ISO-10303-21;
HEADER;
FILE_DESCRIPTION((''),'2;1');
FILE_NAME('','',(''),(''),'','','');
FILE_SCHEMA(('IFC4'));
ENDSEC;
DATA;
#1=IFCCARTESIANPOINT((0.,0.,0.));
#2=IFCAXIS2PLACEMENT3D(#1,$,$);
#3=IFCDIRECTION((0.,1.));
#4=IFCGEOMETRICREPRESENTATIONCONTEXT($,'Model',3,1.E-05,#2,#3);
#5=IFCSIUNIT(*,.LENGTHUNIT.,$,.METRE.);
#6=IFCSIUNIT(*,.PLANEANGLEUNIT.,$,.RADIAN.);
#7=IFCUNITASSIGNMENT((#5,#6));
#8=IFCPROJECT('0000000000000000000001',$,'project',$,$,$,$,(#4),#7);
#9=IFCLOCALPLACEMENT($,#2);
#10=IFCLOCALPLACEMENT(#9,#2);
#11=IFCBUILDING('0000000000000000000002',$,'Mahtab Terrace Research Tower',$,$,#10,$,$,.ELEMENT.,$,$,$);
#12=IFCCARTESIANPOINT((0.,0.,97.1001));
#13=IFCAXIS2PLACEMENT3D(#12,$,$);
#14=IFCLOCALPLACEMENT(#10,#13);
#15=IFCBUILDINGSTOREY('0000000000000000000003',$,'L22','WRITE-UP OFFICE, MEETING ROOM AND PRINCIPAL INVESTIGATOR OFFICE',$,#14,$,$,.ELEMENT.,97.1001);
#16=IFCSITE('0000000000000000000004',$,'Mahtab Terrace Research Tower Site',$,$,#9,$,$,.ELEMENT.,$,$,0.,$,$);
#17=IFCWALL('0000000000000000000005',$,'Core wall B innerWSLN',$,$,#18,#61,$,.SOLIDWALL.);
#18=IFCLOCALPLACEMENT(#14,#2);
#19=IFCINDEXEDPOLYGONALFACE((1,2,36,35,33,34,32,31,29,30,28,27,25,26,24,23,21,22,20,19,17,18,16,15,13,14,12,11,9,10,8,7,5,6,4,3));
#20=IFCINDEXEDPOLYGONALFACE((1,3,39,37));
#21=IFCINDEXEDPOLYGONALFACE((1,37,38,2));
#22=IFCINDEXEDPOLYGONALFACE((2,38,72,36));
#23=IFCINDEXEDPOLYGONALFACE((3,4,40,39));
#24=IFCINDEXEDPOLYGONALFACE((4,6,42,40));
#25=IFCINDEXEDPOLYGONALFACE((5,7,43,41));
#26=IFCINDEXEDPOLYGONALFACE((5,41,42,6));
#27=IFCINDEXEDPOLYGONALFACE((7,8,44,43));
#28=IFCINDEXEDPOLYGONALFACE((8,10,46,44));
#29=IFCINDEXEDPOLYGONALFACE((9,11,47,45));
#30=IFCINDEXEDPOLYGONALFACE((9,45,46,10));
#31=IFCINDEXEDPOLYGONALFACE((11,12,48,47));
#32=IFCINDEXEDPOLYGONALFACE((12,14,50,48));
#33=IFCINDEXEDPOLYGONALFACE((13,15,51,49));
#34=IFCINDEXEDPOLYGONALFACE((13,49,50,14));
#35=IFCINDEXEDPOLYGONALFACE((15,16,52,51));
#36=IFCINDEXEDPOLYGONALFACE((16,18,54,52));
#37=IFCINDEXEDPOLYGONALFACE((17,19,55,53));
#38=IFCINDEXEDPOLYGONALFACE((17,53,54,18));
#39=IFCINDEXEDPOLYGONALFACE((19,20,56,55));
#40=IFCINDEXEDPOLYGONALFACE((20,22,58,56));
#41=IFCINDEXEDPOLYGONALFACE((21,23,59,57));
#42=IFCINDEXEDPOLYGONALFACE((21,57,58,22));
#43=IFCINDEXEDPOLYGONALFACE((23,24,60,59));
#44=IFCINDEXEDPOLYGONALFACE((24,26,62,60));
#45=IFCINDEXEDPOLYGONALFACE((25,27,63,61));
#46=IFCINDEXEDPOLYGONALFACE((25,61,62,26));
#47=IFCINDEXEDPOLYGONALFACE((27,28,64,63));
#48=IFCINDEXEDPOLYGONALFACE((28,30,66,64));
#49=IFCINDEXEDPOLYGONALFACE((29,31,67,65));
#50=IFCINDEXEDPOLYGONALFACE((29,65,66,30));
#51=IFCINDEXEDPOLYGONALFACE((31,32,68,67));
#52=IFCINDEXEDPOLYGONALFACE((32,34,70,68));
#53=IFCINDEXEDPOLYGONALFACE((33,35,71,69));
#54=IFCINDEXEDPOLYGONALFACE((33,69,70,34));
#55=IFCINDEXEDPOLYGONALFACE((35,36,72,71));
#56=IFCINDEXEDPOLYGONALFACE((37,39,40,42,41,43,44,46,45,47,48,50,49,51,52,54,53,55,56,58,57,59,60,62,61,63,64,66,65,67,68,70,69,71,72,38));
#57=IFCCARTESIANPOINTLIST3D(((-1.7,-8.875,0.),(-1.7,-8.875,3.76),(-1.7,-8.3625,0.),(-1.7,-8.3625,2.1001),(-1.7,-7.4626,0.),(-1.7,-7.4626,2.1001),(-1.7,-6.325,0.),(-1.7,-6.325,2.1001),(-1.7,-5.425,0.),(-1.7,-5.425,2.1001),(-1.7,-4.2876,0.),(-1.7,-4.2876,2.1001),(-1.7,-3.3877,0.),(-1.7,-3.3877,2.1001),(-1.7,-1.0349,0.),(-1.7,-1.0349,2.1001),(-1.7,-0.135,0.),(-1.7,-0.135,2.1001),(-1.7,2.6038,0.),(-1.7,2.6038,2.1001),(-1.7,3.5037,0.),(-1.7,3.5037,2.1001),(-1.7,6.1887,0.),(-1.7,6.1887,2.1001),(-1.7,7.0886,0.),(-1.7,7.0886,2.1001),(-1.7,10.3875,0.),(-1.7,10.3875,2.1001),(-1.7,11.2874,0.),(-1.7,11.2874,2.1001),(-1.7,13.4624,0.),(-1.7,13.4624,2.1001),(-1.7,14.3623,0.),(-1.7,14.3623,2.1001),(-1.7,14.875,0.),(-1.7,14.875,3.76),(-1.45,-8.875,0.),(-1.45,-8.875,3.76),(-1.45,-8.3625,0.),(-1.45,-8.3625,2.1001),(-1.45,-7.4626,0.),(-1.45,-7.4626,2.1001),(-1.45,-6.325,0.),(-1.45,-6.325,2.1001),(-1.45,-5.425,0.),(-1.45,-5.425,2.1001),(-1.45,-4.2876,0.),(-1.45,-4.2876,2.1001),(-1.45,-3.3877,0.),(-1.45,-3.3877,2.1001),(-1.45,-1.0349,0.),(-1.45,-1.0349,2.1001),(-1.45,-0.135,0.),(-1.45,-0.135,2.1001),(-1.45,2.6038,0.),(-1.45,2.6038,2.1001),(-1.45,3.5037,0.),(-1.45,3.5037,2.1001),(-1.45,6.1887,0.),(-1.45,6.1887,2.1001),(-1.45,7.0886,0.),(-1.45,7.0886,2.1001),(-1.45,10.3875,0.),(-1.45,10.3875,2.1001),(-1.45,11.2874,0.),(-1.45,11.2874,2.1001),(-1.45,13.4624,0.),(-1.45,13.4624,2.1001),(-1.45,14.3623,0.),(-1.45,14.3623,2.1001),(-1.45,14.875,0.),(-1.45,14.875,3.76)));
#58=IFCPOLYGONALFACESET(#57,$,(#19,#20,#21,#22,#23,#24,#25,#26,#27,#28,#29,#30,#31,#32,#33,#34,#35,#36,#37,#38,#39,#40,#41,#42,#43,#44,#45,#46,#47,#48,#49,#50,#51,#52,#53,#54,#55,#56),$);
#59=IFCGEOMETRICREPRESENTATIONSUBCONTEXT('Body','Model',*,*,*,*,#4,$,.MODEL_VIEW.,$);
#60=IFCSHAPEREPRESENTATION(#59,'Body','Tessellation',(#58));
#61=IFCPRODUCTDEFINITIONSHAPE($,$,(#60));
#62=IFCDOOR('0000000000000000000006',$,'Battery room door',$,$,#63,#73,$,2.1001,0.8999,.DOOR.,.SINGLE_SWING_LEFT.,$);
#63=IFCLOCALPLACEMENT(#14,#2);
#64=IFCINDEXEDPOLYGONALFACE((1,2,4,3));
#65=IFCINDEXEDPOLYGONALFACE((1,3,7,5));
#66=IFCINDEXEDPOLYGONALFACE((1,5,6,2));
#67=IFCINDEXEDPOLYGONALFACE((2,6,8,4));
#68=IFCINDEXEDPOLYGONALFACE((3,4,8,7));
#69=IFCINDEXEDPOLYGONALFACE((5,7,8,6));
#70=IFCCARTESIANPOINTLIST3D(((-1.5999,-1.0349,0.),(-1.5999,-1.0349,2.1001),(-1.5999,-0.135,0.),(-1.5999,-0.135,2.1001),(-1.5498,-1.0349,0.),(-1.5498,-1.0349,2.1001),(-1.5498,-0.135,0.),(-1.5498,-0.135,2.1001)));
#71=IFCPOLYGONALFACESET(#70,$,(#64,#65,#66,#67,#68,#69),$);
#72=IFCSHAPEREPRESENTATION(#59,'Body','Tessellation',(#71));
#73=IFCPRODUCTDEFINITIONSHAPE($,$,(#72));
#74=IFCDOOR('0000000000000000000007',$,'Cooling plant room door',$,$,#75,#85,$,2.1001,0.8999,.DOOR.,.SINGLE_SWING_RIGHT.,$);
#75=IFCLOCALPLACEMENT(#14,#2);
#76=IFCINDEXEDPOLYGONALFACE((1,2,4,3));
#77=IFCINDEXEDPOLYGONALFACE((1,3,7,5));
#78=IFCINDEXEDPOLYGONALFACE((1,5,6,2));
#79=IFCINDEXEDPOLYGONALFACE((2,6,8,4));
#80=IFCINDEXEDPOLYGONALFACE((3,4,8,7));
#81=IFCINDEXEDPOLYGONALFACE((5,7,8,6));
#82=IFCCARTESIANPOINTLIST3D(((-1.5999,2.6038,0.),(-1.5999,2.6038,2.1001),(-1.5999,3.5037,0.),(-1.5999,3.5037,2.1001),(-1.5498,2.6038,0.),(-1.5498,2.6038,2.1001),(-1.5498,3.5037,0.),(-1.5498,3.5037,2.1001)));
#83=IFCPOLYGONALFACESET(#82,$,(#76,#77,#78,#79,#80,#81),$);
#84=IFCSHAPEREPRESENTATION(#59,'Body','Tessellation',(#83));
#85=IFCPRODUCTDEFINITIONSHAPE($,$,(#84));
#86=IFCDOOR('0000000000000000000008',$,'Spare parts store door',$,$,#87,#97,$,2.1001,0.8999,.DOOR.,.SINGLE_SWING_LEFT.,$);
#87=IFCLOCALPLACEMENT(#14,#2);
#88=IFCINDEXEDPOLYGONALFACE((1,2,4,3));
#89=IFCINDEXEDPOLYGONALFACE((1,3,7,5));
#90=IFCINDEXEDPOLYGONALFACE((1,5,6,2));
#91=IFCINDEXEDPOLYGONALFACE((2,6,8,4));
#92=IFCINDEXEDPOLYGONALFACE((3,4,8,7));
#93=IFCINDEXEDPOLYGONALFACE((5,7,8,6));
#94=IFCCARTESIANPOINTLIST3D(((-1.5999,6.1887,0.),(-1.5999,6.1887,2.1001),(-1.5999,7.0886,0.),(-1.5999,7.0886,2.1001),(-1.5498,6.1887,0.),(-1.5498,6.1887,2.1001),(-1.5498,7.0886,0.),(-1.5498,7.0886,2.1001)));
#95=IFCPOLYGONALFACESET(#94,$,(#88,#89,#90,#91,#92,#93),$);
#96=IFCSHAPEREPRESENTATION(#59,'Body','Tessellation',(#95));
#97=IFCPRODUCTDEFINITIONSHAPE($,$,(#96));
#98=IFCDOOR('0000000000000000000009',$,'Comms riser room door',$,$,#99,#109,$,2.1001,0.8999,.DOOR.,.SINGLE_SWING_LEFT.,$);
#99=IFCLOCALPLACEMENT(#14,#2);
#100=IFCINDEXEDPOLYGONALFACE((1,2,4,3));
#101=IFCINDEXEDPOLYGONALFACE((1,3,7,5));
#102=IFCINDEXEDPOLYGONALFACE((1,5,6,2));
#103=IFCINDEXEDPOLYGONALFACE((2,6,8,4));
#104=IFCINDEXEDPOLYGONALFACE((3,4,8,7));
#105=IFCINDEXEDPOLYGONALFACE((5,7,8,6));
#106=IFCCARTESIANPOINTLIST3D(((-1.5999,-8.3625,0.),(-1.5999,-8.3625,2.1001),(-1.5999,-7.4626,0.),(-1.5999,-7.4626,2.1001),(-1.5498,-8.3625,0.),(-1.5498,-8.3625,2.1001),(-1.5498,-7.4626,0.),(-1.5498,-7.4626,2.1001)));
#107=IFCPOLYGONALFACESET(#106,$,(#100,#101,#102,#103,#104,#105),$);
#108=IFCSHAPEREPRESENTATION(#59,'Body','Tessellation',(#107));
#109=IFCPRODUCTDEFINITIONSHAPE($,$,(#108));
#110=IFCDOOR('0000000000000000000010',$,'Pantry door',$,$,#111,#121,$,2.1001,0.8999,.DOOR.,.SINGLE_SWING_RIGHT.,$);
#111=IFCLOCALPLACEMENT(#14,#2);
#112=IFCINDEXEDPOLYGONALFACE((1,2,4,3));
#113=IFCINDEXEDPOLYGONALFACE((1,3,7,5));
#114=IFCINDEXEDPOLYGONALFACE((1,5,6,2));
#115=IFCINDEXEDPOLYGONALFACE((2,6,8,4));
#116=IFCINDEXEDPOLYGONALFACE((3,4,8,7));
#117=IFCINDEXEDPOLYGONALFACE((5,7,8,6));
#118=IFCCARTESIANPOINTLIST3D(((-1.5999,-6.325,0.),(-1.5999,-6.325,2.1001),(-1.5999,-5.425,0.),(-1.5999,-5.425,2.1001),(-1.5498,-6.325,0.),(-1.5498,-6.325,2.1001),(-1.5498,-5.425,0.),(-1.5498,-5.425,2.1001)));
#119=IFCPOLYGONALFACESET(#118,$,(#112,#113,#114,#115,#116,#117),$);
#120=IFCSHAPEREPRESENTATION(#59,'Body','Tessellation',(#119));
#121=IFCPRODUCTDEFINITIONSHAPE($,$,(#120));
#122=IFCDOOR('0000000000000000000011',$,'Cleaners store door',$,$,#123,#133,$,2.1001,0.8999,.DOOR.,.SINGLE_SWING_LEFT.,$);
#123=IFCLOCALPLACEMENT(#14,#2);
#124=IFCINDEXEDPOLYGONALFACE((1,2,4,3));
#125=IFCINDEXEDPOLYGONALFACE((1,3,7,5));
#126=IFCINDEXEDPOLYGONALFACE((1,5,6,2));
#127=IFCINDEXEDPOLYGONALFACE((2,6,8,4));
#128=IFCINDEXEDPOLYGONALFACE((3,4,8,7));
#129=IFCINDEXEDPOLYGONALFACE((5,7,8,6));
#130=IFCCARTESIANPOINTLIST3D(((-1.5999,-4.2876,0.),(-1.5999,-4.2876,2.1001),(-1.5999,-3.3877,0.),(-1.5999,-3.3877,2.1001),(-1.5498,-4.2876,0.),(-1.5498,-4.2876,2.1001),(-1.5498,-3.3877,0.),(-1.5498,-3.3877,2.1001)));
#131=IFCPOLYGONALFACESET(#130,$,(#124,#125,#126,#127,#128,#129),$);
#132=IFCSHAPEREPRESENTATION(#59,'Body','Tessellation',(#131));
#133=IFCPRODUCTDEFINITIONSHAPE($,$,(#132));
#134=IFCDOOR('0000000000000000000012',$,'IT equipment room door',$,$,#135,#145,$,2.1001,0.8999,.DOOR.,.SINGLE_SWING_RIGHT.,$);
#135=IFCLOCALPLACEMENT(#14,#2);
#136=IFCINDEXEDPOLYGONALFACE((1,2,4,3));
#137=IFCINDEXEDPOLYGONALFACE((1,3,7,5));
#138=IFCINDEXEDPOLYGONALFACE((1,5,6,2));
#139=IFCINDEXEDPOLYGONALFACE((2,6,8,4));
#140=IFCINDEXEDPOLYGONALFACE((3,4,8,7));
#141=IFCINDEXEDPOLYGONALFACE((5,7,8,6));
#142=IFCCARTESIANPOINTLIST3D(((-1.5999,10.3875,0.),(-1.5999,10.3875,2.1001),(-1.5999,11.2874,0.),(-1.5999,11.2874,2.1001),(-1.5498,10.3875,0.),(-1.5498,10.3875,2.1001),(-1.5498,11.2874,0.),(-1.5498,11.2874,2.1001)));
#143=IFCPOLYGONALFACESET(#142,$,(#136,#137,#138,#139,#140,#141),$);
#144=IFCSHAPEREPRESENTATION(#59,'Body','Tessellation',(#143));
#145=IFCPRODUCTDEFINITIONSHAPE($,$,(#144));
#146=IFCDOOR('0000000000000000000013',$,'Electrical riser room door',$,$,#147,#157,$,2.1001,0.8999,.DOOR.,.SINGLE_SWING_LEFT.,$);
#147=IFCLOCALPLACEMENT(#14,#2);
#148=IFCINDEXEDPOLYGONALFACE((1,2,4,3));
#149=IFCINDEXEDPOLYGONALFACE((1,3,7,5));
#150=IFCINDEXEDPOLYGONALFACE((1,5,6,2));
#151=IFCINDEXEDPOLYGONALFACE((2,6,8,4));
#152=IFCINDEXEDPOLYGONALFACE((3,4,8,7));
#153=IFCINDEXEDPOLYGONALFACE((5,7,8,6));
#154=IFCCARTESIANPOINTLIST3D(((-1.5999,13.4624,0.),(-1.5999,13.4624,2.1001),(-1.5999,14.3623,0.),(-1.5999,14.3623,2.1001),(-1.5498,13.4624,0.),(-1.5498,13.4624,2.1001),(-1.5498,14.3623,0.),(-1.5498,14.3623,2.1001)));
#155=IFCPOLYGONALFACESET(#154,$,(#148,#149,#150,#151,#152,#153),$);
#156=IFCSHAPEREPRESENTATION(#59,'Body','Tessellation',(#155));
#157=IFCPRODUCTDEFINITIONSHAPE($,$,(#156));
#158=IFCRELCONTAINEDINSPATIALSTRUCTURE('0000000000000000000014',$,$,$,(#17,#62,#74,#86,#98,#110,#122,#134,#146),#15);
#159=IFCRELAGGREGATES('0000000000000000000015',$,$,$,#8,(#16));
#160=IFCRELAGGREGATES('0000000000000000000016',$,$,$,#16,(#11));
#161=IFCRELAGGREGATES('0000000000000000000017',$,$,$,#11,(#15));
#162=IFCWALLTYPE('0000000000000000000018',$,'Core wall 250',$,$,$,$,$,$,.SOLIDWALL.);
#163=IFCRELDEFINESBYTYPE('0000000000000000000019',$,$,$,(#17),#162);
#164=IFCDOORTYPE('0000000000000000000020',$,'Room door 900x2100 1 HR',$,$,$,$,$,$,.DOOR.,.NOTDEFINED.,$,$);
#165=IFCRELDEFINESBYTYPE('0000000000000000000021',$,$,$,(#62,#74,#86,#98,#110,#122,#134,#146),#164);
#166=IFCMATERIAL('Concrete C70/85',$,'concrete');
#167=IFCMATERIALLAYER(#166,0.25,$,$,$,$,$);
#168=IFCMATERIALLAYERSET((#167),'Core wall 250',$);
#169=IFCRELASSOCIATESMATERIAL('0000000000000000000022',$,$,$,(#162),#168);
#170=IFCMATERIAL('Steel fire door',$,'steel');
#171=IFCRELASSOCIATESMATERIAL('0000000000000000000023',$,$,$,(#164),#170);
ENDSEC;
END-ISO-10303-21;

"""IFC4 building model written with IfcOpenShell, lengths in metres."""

from ifc_helpers import new_model, si_unit, direction, frame, frame_2d, origin, place, context, subcontext, project, spatial, rectangle, extrude, material, layer, layer_set, type_object, element, fill, save


model = new_model("IFC4")

# Units and contexts
model_context = context("Model", 3, precision=1e-05, world=origin(), true_north=direction((0.0, 1.0)))
body_context = subcontext(model_context, "Body", "Model", "MODEL_VIEW")
ifc_project = project(units=[si_unit("LENGTHUNIT", "METRE"), si_unit("PLANEANGLEUNIT", "RADIAN")], contexts=[model_context])

# Site, building, storey
site_placement = place(None, origin())
site = spatial("IfcSite", under=ifc_project, at=site_placement, Name="Mahtab Terrace Research Tower Site", CompositionType="ELEMENT", RefElevation=0.0)
building_placement = place(site_placement, origin())
building = spatial("IfcBuilding", under=site, at=building_placement, Name="Mahtab Terrace Research Tower", CompositionType="ELEMENT")
storey_placement = place(building_placement, frame((0.0, 0.0, 97.1001)))
storey = spatial("IfcBuildingStorey", under=building, at=storey_placement, Name="L22", Description="WRITE-UP OFFICE, MEETING ROOM AND PRINCIPAL INVESTIGATOR OFFICE", CompositionType="ELEMENT", Elevation=97.1001)

# Wall, openings, doors
ifc_material_1 = material(Name="Concrete C70/85", Category="concrete")
ifc_layer_1 = layer(ifc_material_1, 0.25)
ifc_layer_set_1 = layer_set([ifc_layer_1], Name="Core wall 250")
wall_type = type_object("IfcWallType", Name="Core wall 250", PredefinedType="SOLIDWALL", material=ifc_layer_set_1)
wall_1_placement = place(storey_placement, frame((-1.575, -8.875, 0.0), z_axis=(0.0, 0.0, 1.0), x_axis=(0.0, 1.0, 0.0)))
wall_1 = element("IfcWall", 1, at=wall_1_placement, inside=storey, type_object=wall_type, Name="Core wall B innerWSLN", PredefinedType="SOLIDWALL", context=body_context, shape_type="SweptSolid", body=[
    extrude(rectangle(XDim=23.75, YDim=0.25, at=frame_2d((11.875, 0.0))), origin(), (0.0, 0.0, 1.0), 3.76),
])
opening_1_placement = place(wall_1_placement, frame((7.8401, 0.0, 0.0)))
opening_1 = element("IfcOpeningElement", 2, at=opening_1_placement, cuts=wall_1, PredefinedType="OPENING", context=body_context, shape_type="SweptSolid", body=[
    extrude(rectangle(XDim=0.8999, YDim=2.1001, at=frame_2d((0.45, 1.05))), frame((0.0, 0.135, 0.0), z_axis=(0.0, -1.0, 0.0), x_axis=(1.0, 0.0, 0.0)), (0.0, 0.0, 1.0), 0.27),
])
opening_2_placement = place(wall_1_placement, frame((11.4788, 0.0, 0.0)))
opening_2 = element("IfcOpeningElement", 3, at=opening_2_placement, cuts=wall_1, PredefinedType="OPENING", context=body_context, shape_type="SweptSolid", body=[
    extrude(rectangle(XDim=0.8999, YDim=2.1001, at=frame_2d((0.45, 1.05))), frame((0.0, 0.135, 0.0), z_axis=(0.0, -1.0, 0.0), x_axis=(1.0, 0.0, 0.0)), (0.0, 0.0, 1.0), 0.27),
])
opening_3_placement = place(wall_1_placement, frame((15.0637, 0.0, 0.0)))
opening_3 = element("IfcOpeningElement", 4, at=opening_3_placement, cuts=wall_1, PredefinedType="OPENING", context=body_context, shape_type="SweptSolid", body=[
    extrude(rectangle(XDim=0.8999, YDim=2.1001, at=frame_2d((0.45, 1.05))), frame((0.0, 0.135, 0.0), z_axis=(0.0, -1.0, 0.0), x_axis=(1.0, 0.0, 0.0)), (0.0, 0.0, 1.0), 0.27),
])
opening_4_placement = place(wall_1_placement, frame((0.5125, 0.0, 0.0)))
opening_4 = element("IfcOpeningElement", 5, at=opening_4_placement, cuts=wall_1, PredefinedType="OPENING", context=body_context, shape_type="SweptSolid", body=[
    extrude(rectangle(XDim=0.8999, YDim=2.1001, at=frame_2d((0.45, 1.05))), frame((0.0, 0.135, 0.0), z_axis=(0.0, -1.0, 0.0), x_axis=(1.0, 0.0, 0.0)), (0.0, 0.0, 1.0), 0.27),
])
opening_5_placement = place(wall_1_placement, frame((2.55, 0.0, 0.0)))
opening_5 = element("IfcOpeningElement", 6, at=opening_5_placement, cuts=wall_1, PredefinedType="OPENING", context=body_context, shape_type="SweptSolid", body=[
    extrude(rectangle(XDim=0.8999, YDim=2.1001, at=frame_2d((0.45, 1.05))), frame((0.0, 0.135, 0.0), z_axis=(0.0, -1.0, 0.0), x_axis=(1.0, 0.0, 0.0)), (0.0, 0.0, 1.0), 0.27),
])
opening_6_placement = place(wall_1_placement, frame((4.5874, 0.0, 0.0)))
opening_6 = element("IfcOpeningElement", 7, at=opening_6_placement, cuts=wall_1, PredefinedType="OPENING", context=body_context, shape_type="SweptSolid", body=[
    extrude(rectangle(XDim=0.8999, YDim=2.1001, at=frame_2d((0.45, 1.05))), frame((0.0, 0.135, 0.0), z_axis=(0.0, -1.0, 0.0), x_axis=(1.0, 0.0, 0.0)), (0.0, 0.0, 1.0), 0.27),
])
opening_7_placement = place(wall_1_placement, frame((19.2625, 0.0, 0.0)))
opening_7 = element("IfcOpeningElement", 8, at=opening_7_placement, cuts=wall_1, PredefinedType="OPENING", context=body_context, shape_type="SweptSolid", body=[
    extrude(rectangle(XDim=0.8999, YDim=2.1001, at=frame_2d((0.45, 1.05))), frame((0.0, 0.135, 0.0), z_axis=(0.0, -1.0, 0.0), x_axis=(1.0, 0.0, 0.0)), (0.0, 0.0, 1.0), 0.27),
])
opening_8_placement = place(wall_1_placement, frame((22.3374, 0.0, 0.0)))
opening_8 = element("IfcOpeningElement", 9, at=opening_8_placement, cuts=wall_1, PredefinedType="OPENING", context=body_context, shape_type="SweptSolid", body=[
    extrude(rectangle(XDim=0.8999, YDim=2.1001, at=frame_2d((0.45, 1.05))), frame((0.0, 0.135, 0.0), z_axis=(0.0, -1.0, 0.0), x_axis=(1.0, 0.0, 0.0)), (0.0, 0.0, 1.0), 0.27),
])
ifc_material_2 = material(Name="Steel fire door", Category="steel")
door_type_1 = type_object("IfcDoorType", Name="Room door 900x2100 1 HR", OperationType="NOTDEFINED", PredefinedType="DOOR", material=ifc_material_2)
door_1_placement = place(opening_1_placement, origin())
door_1 = element("IfcDoor", 10, at=door_1_placement, inside=storey, type_object=door_type_1, Name="Battery room door", OperationType="SINGLE_SWING_LEFT", OverallHeight=2.1001, OverallWidth=0.8999, PredefinedType="DOOR", context=body_context, shape_type="SweptSolid", body=[
    extrude(rectangle(XDim=0.8999, YDim=2.1001, at=frame_2d((0.45, 1.05))), frame((0.0, 0.0249, 0.0), z_axis=(0.0, -1.0, 0.0), x_axis=(1.0, 0.0, 0.0)), (0.0, 0.0, 1.0), 0.05),
])
fill(opening_1, door_1)
door_2_placement = place(opening_2_placement, origin())
door_2 = element("IfcDoor", 11, at=door_2_placement, inside=storey, type_object=door_type_1, Name="Cooling plant room door", OperationType="SINGLE_SWING_RIGHT", OverallHeight=2.1001, OverallWidth=0.8999, PredefinedType="DOOR", context=body_context, shape_type="SweptSolid", body=[
    extrude(rectangle(XDim=0.8999, YDim=2.1001, at=frame_2d((0.45, 1.05))), frame((0.0, 0.0249, 0.0), z_axis=(0.0, -1.0, 0.0), x_axis=(1.0, 0.0, 0.0)), (0.0, 0.0, 1.0), 0.05),
])
fill(opening_2, door_2)
door_3_placement = place(opening_3_placement, origin())
door_3 = element("IfcDoor", 12, at=door_3_placement, inside=storey, type_object=door_type_1, Name="Spare parts store door", OperationType="SINGLE_SWING_LEFT", OverallHeight=2.1001, OverallWidth=0.8999, PredefinedType="DOOR", context=body_context, shape_type="SweptSolid", body=[
    extrude(rectangle(XDim=0.8999, YDim=2.1001, at=frame_2d((0.45, 1.05))), frame((0.0, 0.0249, 0.0), z_axis=(0.0, -1.0, 0.0), x_axis=(1.0, 0.0, 0.0)), (0.0, 0.0, 1.0), 0.05),
])
fill(opening_3, door_3)
door_4_placement = place(opening_4_placement, origin())
door_4 = element("IfcDoor", 13, at=door_4_placement, inside=storey, type_object=door_type_1, Name="Comms riser room door", OperationType="SINGLE_SWING_LEFT", OverallHeight=2.1001, OverallWidth=0.8999, PredefinedType="DOOR", context=body_context, shape_type="SweptSolid", body=[
    extrude(rectangle(XDim=0.8999, YDim=2.1001, at=frame_2d((0.45, 1.05))), frame((0.0, 0.0249, 0.0), z_axis=(0.0, -1.0, 0.0), x_axis=(1.0, 0.0, 0.0)), (0.0, 0.0, 1.0), 0.05),
])
fill(opening_4, door_4)
door_5_placement = place(opening_5_placement, origin())
door_5 = element("IfcDoor", 14, at=door_5_placement, inside=storey, type_object=door_type_1, Name="Pantry door", OperationType="SINGLE_SWING_RIGHT", OverallHeight=2.1001, OverallWidth=0.8999, PredefinedType="DOOR", context=body_context, shape_type="SweptSolid", body=[
    extrude(rectangle(XDim=0.8999, YDim=2.1001, at=frame_2d((0.45, 1.05))), frame((0.0, 0.0249, 0.0), z_axis=(0.0, -1.0, 0.0), x_axis=(1.0, 0.0, 0.0)), (0.0, 0.0, 1.0), 0.05),
])
fill(opening_5, door_5)
door_6_placement = place(opening_6_placement, origin())
door_6 = element("IfcDoor", 15, at=door_6_placement, inside=storey, type_object=door_type_1, Name="Cleaners store door", OperationType="SINGLE_SWING_LEFT", OverallHeight=2.1001, OverallWidth=0.8999, PredefinedType="DOOR", context=body_context, shape_type="SweptSolid", body=[
    extrude(rectangle(XDim=0.8999, YDim=2.1001, at=frame_2d((0.45, 1.05))), frame((0.0, 0.0249, 0.0), z_axis=(0.0, -1.0, 0.0), x_axis=(1.0, 0.0, 0.0)), (0.0, 0.0, 1.0), 0.05),
])
fill(opening_6, door_6)
door_7_placement = place(opening_7_placement, origin())
door_7 = element("IfcDoor", 16, at=door_7_placement, inside=storey, type_object=door_type_1, Name="IT equipment room door", OperationType="SINGLE_SWING_RIGHT", OverallHeight=2.1001, OverallWidth=0.8999, PredefinedType="DOOR", context=body_context, shape_type="SweptSolid", body=[
    extrude(rectangle(XDim=0.8999, YDim=2.1001, at=frame_2d((0.45, 1.05))), frame((0.0, 0.0249, 0.0), z_axis=(0.0, -1.0, 0.0), x_axis=(1.0, 0.0, 0.0)), (0.0, 0.0, 1.0), 0.05),
])
fill(opening_7, door_7)
door_8_placement = place(opening_8_placement, origin())
door_8 = element("IfcDoor", 17, at=door_8_placement, inside=storey, type_object=door_type_1, Name="Electrical riser room door", OperationType="SINGLE_SWING_LEFT", OverallHeight=2.1001, OverallWidth=0.8999, PredefinedType="DOOR", context=body_context, shape_type="SweptSolid", body=[
    extrude(rectangle(XDim=0.8999, YDim=2.1001, at=frame_2d((0.45, 1.05))), frame((0.0, 0.0249, 0.0), z_axis=(0.0, -1.0, 0.0), x_axis=(1.0, 0.0, 0.0)), (0.0, 0.0, 1.0), 0.05),
])
fill(opening_8, door_8)

save(model, "model.ifc")
